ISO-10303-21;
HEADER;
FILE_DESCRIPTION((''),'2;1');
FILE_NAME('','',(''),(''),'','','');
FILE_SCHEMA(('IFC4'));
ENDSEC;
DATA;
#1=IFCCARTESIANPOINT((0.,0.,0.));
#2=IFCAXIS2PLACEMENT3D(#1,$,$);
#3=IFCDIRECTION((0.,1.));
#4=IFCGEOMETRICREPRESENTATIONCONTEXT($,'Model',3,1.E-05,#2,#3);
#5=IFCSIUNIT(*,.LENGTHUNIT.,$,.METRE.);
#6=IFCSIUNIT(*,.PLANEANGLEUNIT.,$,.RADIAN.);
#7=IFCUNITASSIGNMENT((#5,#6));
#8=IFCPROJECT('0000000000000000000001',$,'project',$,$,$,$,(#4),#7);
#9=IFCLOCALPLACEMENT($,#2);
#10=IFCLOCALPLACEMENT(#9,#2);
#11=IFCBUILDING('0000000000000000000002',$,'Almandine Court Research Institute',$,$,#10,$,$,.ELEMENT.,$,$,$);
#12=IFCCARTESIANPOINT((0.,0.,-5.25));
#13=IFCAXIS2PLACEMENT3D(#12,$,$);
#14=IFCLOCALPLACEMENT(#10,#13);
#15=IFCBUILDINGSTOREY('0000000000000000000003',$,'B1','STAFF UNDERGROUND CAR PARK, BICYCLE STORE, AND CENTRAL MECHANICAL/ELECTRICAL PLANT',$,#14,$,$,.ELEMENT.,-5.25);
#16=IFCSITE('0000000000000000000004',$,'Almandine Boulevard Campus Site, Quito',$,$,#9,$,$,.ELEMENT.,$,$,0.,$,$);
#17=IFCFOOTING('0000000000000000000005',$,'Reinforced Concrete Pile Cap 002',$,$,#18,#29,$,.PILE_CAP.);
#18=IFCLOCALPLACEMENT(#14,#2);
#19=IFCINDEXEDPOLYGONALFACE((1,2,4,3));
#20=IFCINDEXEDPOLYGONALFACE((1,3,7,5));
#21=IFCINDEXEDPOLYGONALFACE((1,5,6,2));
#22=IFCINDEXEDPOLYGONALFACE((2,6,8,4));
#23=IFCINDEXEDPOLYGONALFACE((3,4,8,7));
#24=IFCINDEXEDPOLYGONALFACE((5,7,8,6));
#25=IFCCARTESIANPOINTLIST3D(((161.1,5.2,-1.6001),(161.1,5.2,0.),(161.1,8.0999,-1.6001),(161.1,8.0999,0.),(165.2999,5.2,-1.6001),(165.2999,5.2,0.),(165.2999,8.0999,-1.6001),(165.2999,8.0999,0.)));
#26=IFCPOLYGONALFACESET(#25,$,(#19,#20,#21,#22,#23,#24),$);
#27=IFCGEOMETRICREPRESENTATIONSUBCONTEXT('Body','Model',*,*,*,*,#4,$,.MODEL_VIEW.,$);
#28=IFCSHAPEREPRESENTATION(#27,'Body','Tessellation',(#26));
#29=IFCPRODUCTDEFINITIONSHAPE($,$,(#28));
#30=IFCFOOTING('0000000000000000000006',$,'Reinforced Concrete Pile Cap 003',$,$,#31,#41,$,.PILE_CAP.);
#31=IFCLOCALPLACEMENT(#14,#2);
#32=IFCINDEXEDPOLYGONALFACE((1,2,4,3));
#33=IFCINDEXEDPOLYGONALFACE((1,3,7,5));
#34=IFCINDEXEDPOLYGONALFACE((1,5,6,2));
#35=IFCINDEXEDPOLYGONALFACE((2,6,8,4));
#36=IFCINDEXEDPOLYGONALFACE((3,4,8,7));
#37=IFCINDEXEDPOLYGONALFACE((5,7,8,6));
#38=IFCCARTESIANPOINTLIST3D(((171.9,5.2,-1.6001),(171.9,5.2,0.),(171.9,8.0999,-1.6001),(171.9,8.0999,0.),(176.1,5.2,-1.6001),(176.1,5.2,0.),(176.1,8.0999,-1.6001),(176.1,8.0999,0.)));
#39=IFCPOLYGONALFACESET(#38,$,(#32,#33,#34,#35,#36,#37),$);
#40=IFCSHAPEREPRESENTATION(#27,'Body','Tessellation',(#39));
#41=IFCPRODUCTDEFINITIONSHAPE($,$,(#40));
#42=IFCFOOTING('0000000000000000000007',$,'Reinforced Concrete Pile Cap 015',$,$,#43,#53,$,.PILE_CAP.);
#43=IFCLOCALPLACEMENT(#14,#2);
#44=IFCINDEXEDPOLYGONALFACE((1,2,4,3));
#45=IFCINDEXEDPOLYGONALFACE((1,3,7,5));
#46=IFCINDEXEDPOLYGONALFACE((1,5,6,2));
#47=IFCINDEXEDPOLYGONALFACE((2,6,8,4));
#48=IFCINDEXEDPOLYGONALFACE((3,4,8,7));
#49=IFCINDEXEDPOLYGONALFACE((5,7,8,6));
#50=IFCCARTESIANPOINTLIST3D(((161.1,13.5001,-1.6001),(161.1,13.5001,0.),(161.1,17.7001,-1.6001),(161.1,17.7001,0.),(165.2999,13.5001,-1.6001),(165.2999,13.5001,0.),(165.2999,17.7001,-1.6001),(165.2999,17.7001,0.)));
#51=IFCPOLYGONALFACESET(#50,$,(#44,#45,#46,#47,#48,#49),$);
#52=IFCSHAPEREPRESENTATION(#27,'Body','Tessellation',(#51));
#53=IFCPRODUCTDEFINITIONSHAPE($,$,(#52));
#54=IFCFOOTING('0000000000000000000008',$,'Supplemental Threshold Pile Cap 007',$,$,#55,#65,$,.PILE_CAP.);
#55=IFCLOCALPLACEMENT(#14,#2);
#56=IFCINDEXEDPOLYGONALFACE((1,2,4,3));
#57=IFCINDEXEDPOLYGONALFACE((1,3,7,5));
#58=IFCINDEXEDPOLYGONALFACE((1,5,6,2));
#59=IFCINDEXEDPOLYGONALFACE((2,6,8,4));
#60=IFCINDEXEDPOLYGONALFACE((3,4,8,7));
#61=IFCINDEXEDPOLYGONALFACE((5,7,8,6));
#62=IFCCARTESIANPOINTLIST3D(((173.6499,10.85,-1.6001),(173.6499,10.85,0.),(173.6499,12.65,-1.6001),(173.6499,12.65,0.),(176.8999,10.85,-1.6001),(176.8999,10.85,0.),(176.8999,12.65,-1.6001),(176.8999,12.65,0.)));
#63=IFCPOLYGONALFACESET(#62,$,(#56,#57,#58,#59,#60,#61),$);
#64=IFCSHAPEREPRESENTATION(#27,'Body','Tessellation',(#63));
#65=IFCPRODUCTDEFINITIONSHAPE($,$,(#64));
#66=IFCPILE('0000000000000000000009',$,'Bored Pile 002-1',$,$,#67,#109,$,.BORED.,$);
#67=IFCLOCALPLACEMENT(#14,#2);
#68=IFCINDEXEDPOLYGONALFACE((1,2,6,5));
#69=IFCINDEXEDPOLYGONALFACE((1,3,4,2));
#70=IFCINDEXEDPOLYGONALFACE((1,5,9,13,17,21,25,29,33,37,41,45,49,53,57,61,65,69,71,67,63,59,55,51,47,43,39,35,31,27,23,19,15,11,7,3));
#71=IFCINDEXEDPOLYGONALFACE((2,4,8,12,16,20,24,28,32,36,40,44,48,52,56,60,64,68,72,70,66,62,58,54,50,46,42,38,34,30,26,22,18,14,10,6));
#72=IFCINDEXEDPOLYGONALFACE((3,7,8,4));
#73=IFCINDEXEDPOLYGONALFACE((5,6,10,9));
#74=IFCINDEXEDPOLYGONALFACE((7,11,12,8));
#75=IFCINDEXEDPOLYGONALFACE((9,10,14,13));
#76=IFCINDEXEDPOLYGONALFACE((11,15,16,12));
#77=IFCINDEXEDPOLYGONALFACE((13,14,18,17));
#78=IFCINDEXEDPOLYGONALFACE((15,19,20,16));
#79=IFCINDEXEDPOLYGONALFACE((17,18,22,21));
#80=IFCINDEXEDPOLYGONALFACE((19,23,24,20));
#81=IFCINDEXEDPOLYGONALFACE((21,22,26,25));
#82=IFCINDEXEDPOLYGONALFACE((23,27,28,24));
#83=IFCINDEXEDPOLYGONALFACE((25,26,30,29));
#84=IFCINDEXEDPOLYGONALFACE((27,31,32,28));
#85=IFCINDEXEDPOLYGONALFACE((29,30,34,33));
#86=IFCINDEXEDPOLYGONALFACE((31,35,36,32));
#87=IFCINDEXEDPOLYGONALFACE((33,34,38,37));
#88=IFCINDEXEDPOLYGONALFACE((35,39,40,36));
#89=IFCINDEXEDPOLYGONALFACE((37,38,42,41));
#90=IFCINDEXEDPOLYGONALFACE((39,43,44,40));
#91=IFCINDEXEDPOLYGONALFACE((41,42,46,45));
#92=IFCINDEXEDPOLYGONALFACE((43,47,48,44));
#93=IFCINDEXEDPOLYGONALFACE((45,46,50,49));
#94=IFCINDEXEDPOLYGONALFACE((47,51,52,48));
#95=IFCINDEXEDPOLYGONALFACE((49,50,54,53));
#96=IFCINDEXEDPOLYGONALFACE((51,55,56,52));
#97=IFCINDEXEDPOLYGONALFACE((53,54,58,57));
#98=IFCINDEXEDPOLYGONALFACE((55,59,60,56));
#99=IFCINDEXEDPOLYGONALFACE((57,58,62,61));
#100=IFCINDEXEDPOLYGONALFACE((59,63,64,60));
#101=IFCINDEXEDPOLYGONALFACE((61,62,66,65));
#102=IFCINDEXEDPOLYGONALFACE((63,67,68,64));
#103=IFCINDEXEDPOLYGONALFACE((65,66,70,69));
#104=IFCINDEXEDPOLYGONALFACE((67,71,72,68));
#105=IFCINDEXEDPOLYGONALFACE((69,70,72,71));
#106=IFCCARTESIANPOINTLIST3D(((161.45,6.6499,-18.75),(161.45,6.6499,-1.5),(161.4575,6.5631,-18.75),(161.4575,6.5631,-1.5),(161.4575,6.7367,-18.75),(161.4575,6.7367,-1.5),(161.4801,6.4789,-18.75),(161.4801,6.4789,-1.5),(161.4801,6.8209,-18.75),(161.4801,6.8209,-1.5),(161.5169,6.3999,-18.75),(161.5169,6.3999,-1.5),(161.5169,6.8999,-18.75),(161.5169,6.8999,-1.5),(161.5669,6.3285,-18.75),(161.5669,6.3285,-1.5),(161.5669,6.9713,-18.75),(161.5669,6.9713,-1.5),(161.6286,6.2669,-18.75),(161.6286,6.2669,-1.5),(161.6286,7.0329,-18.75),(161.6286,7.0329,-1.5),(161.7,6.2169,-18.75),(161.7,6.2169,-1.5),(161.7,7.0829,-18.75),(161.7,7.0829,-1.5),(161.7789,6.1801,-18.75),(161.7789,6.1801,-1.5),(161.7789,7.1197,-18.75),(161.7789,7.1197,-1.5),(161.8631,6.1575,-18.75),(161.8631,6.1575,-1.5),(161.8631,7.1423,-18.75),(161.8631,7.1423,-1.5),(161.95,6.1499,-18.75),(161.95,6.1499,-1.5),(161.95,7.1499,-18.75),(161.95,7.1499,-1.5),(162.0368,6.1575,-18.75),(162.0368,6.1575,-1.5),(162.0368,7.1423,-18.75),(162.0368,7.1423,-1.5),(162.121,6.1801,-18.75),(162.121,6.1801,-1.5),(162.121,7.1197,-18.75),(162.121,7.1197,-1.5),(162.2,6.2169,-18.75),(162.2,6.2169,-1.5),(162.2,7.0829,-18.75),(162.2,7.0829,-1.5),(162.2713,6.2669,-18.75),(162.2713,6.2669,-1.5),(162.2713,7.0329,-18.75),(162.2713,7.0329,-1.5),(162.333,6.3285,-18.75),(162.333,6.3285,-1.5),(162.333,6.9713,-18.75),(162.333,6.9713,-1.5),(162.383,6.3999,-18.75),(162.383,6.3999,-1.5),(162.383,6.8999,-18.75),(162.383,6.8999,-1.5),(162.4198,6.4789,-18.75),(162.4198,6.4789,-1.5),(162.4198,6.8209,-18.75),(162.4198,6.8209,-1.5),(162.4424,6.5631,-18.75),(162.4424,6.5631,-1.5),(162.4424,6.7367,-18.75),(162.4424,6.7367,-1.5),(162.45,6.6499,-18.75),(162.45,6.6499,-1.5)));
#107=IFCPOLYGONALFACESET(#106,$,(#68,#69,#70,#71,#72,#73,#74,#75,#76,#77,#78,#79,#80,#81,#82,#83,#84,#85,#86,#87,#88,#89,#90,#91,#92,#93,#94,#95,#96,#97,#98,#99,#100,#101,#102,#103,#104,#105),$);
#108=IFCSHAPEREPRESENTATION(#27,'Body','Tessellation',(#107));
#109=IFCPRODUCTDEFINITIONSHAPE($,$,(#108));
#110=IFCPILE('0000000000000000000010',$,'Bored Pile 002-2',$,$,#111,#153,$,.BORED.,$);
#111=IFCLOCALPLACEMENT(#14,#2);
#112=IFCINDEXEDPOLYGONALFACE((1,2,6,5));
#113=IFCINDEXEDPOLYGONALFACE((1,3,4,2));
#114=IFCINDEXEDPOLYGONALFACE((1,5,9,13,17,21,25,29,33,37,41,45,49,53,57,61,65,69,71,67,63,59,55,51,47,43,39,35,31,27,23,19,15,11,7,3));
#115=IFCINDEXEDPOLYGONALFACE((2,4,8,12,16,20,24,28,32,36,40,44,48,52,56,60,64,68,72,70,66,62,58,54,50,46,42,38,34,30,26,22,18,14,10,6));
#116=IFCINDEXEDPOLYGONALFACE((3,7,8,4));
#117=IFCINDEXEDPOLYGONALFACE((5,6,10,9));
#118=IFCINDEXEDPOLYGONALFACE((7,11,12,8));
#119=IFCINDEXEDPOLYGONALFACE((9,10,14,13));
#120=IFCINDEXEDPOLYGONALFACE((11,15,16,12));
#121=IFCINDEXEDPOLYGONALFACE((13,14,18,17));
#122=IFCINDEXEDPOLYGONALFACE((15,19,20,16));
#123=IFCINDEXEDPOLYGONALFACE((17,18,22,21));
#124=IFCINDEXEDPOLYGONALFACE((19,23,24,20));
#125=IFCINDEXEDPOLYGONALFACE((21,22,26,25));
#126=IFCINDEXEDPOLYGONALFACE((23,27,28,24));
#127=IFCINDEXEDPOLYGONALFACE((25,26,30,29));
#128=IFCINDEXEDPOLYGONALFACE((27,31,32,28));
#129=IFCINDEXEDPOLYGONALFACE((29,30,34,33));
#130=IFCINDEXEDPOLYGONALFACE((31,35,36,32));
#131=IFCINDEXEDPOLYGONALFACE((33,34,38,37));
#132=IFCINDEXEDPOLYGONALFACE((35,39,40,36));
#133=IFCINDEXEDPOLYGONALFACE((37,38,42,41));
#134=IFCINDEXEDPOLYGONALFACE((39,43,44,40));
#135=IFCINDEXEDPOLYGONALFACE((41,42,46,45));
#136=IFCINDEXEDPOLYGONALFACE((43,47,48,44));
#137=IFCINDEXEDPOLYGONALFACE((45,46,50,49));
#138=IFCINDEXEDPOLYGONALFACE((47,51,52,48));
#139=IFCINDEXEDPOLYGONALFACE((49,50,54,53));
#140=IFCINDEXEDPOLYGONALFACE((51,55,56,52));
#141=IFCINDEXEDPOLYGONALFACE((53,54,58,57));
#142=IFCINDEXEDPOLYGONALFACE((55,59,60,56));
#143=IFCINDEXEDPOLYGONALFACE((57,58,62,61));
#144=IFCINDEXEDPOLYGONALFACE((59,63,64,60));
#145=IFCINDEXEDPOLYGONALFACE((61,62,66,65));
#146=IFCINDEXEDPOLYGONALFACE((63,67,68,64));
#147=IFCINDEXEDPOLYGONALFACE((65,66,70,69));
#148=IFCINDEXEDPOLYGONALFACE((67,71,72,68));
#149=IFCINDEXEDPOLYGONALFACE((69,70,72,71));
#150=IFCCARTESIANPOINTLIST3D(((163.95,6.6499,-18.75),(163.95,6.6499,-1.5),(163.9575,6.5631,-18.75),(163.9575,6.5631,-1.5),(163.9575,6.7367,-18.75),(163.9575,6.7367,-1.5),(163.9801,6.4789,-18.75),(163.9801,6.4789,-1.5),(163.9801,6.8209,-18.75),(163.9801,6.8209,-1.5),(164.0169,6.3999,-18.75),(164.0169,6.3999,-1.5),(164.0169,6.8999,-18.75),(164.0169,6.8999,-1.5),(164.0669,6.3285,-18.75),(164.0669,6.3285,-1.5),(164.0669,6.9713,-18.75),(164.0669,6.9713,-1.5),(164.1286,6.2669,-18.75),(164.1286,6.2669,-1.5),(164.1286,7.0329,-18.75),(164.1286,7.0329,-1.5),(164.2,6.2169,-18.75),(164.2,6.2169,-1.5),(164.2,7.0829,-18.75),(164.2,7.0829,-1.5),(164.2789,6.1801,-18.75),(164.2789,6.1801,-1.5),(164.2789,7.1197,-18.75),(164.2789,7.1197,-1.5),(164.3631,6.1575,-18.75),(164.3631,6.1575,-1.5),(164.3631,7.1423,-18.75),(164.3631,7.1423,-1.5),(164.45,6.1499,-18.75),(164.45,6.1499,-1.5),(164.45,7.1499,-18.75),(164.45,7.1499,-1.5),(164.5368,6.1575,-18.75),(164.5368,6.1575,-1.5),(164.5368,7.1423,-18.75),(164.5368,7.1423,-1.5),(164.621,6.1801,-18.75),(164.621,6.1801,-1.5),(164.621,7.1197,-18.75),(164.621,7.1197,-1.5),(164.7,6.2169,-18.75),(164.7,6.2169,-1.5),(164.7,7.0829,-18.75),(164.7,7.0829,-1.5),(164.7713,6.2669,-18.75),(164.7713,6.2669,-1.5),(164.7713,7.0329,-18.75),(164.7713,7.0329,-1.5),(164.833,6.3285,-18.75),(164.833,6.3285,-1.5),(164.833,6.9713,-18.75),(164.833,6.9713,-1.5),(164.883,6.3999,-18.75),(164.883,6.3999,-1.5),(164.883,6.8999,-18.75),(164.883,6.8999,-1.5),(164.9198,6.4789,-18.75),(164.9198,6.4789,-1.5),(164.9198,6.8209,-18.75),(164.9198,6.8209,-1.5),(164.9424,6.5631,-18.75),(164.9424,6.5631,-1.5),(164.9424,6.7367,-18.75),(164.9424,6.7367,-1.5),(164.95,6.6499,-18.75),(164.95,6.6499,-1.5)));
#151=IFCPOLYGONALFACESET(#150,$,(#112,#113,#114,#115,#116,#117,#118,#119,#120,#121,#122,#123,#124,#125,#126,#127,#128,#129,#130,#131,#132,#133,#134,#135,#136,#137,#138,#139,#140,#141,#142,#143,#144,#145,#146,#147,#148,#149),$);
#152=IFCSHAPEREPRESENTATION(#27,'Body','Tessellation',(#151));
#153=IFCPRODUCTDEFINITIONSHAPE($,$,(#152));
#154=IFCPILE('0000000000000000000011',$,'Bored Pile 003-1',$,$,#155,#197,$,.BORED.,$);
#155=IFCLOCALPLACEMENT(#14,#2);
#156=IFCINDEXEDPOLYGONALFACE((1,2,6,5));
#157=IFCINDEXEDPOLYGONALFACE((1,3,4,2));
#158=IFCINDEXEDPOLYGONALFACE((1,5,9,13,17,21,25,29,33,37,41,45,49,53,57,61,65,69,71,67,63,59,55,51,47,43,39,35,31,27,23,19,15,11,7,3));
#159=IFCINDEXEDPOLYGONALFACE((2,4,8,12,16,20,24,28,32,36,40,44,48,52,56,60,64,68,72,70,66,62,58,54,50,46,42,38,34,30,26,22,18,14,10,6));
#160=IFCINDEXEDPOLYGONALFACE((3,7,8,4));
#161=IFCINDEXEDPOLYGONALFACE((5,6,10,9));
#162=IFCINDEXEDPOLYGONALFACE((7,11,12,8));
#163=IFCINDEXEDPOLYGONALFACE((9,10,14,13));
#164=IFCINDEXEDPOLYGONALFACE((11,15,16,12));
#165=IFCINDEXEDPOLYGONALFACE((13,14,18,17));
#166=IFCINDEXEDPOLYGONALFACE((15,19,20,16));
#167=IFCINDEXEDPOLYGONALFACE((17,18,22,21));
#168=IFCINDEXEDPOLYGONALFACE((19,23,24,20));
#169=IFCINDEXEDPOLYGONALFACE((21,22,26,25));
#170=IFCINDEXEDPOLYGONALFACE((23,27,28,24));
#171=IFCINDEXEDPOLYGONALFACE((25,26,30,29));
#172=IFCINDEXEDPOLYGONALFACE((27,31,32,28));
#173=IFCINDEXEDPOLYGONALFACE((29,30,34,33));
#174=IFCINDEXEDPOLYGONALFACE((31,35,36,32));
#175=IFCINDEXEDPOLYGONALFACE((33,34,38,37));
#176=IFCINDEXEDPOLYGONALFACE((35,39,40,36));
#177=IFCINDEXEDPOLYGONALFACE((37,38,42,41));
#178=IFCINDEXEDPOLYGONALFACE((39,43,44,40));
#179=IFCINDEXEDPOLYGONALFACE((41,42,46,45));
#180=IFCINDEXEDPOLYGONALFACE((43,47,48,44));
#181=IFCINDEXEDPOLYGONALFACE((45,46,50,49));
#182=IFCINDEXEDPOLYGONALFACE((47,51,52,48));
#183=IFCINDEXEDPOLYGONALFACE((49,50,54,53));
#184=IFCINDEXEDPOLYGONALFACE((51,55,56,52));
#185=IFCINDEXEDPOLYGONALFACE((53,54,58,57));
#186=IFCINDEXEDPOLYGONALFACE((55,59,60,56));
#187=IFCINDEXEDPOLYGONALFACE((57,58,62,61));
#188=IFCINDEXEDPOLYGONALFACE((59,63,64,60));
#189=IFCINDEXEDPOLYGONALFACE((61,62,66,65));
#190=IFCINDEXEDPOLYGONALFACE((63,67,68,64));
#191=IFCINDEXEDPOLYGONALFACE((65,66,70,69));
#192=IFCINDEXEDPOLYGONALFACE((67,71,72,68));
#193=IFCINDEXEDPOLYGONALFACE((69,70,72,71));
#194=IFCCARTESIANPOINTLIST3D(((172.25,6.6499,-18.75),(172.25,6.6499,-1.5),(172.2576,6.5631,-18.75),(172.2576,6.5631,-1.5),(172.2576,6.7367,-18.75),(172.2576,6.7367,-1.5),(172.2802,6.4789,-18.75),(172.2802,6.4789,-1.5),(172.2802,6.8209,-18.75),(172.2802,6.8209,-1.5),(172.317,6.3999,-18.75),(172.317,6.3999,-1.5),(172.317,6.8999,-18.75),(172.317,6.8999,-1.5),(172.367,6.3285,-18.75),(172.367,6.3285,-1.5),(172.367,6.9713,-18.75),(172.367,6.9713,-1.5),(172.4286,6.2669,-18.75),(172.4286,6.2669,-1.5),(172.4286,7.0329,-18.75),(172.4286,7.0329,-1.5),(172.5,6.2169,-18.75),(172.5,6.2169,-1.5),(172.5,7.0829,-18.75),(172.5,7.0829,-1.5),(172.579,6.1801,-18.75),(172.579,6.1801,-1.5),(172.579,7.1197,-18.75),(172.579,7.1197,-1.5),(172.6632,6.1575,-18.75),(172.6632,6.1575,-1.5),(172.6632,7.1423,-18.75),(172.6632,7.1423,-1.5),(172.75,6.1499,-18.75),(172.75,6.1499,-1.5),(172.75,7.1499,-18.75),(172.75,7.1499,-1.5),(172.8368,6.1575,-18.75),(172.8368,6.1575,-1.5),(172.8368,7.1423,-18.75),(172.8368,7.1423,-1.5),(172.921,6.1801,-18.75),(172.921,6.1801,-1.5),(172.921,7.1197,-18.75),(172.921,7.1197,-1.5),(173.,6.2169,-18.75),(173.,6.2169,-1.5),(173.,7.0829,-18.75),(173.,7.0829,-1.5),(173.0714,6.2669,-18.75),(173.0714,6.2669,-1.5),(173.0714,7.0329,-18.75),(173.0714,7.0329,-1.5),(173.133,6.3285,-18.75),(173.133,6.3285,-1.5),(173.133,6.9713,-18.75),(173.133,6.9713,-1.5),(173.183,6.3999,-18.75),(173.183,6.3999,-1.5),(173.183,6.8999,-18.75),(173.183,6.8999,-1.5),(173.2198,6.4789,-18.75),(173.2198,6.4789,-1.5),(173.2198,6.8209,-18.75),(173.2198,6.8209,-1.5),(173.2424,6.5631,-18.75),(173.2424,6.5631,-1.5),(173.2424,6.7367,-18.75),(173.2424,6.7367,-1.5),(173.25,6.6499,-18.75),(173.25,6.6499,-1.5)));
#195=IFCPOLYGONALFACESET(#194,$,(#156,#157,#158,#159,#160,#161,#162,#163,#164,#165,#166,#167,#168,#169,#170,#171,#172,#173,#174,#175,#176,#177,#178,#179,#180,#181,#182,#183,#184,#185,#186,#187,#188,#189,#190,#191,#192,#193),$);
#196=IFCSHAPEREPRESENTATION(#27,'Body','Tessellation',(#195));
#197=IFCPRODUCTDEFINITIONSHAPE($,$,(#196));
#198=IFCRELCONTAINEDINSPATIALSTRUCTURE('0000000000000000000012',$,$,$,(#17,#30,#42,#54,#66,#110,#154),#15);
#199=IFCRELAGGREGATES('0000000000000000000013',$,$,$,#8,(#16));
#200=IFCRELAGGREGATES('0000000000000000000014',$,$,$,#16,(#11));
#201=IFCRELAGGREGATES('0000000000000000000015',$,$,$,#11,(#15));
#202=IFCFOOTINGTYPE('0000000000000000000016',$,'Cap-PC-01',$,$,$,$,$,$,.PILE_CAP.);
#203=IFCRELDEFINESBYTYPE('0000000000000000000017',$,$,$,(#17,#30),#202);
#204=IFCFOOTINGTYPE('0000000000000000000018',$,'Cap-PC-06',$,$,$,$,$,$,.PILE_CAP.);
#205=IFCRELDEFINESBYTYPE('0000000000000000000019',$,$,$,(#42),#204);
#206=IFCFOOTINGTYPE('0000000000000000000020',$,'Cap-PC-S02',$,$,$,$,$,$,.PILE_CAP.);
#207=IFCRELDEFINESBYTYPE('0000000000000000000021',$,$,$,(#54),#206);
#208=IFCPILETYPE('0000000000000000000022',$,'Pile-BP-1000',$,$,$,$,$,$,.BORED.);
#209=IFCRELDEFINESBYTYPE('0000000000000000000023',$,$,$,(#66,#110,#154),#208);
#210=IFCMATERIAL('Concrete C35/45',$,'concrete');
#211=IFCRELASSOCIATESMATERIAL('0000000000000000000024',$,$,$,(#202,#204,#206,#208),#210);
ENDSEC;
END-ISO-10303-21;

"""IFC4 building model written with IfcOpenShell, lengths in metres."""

from ifc_helpers import new_model, si_unit, direction, frame, origin, origin_2d, place, context, subcontext, project, spatial, rectangle, circle, extrude, material, material_profile, profile_set, type_object, element, save


model = new_model("IFC4")

# Units and contexts
model_context = context("Model", 3, precision=1e-05, world=origin(), true_north=direction((0.0, 1.0)))
body_context = subcontext(model_context, "Body", "Model", "MODEL_VIEW")
ifc_project = project(units=[si_unit("LENGTHUNIT", "METRE"), si_unit("PLANEANGLEUNIT", "RADIAN")], contexts=[model_context])

# Site, building, storey
site_placement = place(None, origin())
site = spatial("IfcSite", under=ifc_project, at=site_placement, Name="Almandine Boulevard Campus Site, Quito", CompositionType="ELEMENT", RefElevation=0.0)
building_placement = place(site_placement, origin())
building = spatial("IfcBuilding", under=site, at=building_placement, Name="Almandine Court Research Institute", CompositionType="ELEMENT")
storey_placement = place(building_placement, frame((0.0, 0.0, -5.25)))
storey = spatial("IfcBuildingStorey", under=building, at=storey_placement, Name="B1", Description="STAFF UNDERGROUND CAR PARK, BICYCLE STORE, AND CENTRAL MECHANICAL/ELECTRICAL PLANT", CompositionType="ELEMENT", Elevation=-5.25)

# Footings
ifc_material_1 = material(Name="Concrete C35/45", Category="concrete")
footing_type_1 = type_object("IfcFootingType", Name="Cap-PC-01", PredefinedType="PILE_CAP", material=ifc_material_1)
for number, where, z_axis, x_axis, name in (
    (1, (163.2, 6.6499, -1.6001), (0.0, 0.0, 1.0), (1.0, 0.0, 0.0), "Reinforced Concrete Pile Cap 002"),
    (2, (174.0, 6.6499, -1.6001), (0.0, 0.0, 1.0), (1.0, 0.0, 0.0), "Reinforced Concrete Pile Cap 003"),
):
    element("IfcFooting", number, at=place(storey_placement, frame(where, z_axis=z_axis, x_axis=x_axis)), inside=storey, type_object=footing_type_1, Name=name, PredefinedType="PILE_CAP", context=body_context, shape_type="SweptSolid", body=[
        extrude(rectangle(XDim=4.2, YDim=2.8999, at=origin_2d()), origin(), (0.0, 0.0, 1.0), 1.6001),
    ])
footing_type_2 = type_object("IfcFootingType", Name="Cap-PC-06", PredefinedType="PILE_CAP", material=ifc_material_1)
footing_1_placement = place(storey_placement, frame((163.2, 15.6001, -1.6001), z_axis=(0.0, 0.0, 1.0), x_axis=(1.0, 0.0, 0.0)))
element("IfcFooting", 3, at=footing_1_placement, inside=storey, type_object=footing_type_2, Name="Reinforced Concrete Pile Cap 015", PredefinedType="PILE_CAP", context=body_context, shape_type="SweptSolid", body=[
    extrude(rectangle(XDim=4.2, YDim=4.2, at=origin_2d()), origin(), (0.0, 0.0, 1.0), 1.6001),
])
footing_type_3 = type_object("IfcFootingType", Name="Cap-PC-S02", PredefinedType="PILE_CAP", material=ifc_material_1)
footing_2_placement = place(storey_placement, frame((175.2749, 11.75, -1.6001), z_axis=(0.0, 0.0, 1.0), x_axis=(1.0, 0.0, 0.0)))
element("IfcFooting", 4, at=footing_2_placement, inside=storey, type_object=footing_type_3, Name="Supplemental Threshold Pile Cap 007", PredefinedType="PILE_CAP", context=body_context, shape_type="SweptSolid", body=[
    extrude(rectangle(XDim=3.25, YDim=1.8, at=origin_2d()), origin(), (0.0, 0.0, 1.0), 1.6001),
])

# Piles
ifc_material_profile_1 = material_profile(ifc_material_1, circle(Radius=0.5, at=origin_2d()), Name="BORED PILE D1000")
ifc_profile_set_1 = profile_set([ifc_material_profile_1], Name="Concrete C35/45")
pile_type_1 = type_object("IfcPileType", Name="Pile-BP-1000", PredefinedType="BORED", material=ifc_profile_set_1)
for number, where, z_axis, x_axis, name in (
    (5, (161.95, 6.6499, -1.5), (0.0, 0.0, -1.0), (1.0, 0.0, 0.0), "Bored Pile 002-1"),
    (6, (164.45, 6.6499, -1.5), (0.0, 0.0, -1.0), (1.0, 0.0, 0.0), "Bored Pile 002-2"),
    (7, (172.75, 6.6499, -1.5), (0.0, 0.0, -1.0), (1.0, 0.0, 0.0), "Bored Pile 003-1"),
):
    element("IfcPile", number, at=place(storey_placement, frame(where, z_axis=z_axis, x_axis=x_axis)), inside=storey, type_object=pile_type_1, Name=name, PredefinedType="BORED", context=body_context, shape_type="SweptSolid", body=[
        extrude(circle(Radius=0.5, at=origin_2d()), origin(), (0.0, 0.0, 1.0), 17.25),
    ])

save(model, "model.ifc")
